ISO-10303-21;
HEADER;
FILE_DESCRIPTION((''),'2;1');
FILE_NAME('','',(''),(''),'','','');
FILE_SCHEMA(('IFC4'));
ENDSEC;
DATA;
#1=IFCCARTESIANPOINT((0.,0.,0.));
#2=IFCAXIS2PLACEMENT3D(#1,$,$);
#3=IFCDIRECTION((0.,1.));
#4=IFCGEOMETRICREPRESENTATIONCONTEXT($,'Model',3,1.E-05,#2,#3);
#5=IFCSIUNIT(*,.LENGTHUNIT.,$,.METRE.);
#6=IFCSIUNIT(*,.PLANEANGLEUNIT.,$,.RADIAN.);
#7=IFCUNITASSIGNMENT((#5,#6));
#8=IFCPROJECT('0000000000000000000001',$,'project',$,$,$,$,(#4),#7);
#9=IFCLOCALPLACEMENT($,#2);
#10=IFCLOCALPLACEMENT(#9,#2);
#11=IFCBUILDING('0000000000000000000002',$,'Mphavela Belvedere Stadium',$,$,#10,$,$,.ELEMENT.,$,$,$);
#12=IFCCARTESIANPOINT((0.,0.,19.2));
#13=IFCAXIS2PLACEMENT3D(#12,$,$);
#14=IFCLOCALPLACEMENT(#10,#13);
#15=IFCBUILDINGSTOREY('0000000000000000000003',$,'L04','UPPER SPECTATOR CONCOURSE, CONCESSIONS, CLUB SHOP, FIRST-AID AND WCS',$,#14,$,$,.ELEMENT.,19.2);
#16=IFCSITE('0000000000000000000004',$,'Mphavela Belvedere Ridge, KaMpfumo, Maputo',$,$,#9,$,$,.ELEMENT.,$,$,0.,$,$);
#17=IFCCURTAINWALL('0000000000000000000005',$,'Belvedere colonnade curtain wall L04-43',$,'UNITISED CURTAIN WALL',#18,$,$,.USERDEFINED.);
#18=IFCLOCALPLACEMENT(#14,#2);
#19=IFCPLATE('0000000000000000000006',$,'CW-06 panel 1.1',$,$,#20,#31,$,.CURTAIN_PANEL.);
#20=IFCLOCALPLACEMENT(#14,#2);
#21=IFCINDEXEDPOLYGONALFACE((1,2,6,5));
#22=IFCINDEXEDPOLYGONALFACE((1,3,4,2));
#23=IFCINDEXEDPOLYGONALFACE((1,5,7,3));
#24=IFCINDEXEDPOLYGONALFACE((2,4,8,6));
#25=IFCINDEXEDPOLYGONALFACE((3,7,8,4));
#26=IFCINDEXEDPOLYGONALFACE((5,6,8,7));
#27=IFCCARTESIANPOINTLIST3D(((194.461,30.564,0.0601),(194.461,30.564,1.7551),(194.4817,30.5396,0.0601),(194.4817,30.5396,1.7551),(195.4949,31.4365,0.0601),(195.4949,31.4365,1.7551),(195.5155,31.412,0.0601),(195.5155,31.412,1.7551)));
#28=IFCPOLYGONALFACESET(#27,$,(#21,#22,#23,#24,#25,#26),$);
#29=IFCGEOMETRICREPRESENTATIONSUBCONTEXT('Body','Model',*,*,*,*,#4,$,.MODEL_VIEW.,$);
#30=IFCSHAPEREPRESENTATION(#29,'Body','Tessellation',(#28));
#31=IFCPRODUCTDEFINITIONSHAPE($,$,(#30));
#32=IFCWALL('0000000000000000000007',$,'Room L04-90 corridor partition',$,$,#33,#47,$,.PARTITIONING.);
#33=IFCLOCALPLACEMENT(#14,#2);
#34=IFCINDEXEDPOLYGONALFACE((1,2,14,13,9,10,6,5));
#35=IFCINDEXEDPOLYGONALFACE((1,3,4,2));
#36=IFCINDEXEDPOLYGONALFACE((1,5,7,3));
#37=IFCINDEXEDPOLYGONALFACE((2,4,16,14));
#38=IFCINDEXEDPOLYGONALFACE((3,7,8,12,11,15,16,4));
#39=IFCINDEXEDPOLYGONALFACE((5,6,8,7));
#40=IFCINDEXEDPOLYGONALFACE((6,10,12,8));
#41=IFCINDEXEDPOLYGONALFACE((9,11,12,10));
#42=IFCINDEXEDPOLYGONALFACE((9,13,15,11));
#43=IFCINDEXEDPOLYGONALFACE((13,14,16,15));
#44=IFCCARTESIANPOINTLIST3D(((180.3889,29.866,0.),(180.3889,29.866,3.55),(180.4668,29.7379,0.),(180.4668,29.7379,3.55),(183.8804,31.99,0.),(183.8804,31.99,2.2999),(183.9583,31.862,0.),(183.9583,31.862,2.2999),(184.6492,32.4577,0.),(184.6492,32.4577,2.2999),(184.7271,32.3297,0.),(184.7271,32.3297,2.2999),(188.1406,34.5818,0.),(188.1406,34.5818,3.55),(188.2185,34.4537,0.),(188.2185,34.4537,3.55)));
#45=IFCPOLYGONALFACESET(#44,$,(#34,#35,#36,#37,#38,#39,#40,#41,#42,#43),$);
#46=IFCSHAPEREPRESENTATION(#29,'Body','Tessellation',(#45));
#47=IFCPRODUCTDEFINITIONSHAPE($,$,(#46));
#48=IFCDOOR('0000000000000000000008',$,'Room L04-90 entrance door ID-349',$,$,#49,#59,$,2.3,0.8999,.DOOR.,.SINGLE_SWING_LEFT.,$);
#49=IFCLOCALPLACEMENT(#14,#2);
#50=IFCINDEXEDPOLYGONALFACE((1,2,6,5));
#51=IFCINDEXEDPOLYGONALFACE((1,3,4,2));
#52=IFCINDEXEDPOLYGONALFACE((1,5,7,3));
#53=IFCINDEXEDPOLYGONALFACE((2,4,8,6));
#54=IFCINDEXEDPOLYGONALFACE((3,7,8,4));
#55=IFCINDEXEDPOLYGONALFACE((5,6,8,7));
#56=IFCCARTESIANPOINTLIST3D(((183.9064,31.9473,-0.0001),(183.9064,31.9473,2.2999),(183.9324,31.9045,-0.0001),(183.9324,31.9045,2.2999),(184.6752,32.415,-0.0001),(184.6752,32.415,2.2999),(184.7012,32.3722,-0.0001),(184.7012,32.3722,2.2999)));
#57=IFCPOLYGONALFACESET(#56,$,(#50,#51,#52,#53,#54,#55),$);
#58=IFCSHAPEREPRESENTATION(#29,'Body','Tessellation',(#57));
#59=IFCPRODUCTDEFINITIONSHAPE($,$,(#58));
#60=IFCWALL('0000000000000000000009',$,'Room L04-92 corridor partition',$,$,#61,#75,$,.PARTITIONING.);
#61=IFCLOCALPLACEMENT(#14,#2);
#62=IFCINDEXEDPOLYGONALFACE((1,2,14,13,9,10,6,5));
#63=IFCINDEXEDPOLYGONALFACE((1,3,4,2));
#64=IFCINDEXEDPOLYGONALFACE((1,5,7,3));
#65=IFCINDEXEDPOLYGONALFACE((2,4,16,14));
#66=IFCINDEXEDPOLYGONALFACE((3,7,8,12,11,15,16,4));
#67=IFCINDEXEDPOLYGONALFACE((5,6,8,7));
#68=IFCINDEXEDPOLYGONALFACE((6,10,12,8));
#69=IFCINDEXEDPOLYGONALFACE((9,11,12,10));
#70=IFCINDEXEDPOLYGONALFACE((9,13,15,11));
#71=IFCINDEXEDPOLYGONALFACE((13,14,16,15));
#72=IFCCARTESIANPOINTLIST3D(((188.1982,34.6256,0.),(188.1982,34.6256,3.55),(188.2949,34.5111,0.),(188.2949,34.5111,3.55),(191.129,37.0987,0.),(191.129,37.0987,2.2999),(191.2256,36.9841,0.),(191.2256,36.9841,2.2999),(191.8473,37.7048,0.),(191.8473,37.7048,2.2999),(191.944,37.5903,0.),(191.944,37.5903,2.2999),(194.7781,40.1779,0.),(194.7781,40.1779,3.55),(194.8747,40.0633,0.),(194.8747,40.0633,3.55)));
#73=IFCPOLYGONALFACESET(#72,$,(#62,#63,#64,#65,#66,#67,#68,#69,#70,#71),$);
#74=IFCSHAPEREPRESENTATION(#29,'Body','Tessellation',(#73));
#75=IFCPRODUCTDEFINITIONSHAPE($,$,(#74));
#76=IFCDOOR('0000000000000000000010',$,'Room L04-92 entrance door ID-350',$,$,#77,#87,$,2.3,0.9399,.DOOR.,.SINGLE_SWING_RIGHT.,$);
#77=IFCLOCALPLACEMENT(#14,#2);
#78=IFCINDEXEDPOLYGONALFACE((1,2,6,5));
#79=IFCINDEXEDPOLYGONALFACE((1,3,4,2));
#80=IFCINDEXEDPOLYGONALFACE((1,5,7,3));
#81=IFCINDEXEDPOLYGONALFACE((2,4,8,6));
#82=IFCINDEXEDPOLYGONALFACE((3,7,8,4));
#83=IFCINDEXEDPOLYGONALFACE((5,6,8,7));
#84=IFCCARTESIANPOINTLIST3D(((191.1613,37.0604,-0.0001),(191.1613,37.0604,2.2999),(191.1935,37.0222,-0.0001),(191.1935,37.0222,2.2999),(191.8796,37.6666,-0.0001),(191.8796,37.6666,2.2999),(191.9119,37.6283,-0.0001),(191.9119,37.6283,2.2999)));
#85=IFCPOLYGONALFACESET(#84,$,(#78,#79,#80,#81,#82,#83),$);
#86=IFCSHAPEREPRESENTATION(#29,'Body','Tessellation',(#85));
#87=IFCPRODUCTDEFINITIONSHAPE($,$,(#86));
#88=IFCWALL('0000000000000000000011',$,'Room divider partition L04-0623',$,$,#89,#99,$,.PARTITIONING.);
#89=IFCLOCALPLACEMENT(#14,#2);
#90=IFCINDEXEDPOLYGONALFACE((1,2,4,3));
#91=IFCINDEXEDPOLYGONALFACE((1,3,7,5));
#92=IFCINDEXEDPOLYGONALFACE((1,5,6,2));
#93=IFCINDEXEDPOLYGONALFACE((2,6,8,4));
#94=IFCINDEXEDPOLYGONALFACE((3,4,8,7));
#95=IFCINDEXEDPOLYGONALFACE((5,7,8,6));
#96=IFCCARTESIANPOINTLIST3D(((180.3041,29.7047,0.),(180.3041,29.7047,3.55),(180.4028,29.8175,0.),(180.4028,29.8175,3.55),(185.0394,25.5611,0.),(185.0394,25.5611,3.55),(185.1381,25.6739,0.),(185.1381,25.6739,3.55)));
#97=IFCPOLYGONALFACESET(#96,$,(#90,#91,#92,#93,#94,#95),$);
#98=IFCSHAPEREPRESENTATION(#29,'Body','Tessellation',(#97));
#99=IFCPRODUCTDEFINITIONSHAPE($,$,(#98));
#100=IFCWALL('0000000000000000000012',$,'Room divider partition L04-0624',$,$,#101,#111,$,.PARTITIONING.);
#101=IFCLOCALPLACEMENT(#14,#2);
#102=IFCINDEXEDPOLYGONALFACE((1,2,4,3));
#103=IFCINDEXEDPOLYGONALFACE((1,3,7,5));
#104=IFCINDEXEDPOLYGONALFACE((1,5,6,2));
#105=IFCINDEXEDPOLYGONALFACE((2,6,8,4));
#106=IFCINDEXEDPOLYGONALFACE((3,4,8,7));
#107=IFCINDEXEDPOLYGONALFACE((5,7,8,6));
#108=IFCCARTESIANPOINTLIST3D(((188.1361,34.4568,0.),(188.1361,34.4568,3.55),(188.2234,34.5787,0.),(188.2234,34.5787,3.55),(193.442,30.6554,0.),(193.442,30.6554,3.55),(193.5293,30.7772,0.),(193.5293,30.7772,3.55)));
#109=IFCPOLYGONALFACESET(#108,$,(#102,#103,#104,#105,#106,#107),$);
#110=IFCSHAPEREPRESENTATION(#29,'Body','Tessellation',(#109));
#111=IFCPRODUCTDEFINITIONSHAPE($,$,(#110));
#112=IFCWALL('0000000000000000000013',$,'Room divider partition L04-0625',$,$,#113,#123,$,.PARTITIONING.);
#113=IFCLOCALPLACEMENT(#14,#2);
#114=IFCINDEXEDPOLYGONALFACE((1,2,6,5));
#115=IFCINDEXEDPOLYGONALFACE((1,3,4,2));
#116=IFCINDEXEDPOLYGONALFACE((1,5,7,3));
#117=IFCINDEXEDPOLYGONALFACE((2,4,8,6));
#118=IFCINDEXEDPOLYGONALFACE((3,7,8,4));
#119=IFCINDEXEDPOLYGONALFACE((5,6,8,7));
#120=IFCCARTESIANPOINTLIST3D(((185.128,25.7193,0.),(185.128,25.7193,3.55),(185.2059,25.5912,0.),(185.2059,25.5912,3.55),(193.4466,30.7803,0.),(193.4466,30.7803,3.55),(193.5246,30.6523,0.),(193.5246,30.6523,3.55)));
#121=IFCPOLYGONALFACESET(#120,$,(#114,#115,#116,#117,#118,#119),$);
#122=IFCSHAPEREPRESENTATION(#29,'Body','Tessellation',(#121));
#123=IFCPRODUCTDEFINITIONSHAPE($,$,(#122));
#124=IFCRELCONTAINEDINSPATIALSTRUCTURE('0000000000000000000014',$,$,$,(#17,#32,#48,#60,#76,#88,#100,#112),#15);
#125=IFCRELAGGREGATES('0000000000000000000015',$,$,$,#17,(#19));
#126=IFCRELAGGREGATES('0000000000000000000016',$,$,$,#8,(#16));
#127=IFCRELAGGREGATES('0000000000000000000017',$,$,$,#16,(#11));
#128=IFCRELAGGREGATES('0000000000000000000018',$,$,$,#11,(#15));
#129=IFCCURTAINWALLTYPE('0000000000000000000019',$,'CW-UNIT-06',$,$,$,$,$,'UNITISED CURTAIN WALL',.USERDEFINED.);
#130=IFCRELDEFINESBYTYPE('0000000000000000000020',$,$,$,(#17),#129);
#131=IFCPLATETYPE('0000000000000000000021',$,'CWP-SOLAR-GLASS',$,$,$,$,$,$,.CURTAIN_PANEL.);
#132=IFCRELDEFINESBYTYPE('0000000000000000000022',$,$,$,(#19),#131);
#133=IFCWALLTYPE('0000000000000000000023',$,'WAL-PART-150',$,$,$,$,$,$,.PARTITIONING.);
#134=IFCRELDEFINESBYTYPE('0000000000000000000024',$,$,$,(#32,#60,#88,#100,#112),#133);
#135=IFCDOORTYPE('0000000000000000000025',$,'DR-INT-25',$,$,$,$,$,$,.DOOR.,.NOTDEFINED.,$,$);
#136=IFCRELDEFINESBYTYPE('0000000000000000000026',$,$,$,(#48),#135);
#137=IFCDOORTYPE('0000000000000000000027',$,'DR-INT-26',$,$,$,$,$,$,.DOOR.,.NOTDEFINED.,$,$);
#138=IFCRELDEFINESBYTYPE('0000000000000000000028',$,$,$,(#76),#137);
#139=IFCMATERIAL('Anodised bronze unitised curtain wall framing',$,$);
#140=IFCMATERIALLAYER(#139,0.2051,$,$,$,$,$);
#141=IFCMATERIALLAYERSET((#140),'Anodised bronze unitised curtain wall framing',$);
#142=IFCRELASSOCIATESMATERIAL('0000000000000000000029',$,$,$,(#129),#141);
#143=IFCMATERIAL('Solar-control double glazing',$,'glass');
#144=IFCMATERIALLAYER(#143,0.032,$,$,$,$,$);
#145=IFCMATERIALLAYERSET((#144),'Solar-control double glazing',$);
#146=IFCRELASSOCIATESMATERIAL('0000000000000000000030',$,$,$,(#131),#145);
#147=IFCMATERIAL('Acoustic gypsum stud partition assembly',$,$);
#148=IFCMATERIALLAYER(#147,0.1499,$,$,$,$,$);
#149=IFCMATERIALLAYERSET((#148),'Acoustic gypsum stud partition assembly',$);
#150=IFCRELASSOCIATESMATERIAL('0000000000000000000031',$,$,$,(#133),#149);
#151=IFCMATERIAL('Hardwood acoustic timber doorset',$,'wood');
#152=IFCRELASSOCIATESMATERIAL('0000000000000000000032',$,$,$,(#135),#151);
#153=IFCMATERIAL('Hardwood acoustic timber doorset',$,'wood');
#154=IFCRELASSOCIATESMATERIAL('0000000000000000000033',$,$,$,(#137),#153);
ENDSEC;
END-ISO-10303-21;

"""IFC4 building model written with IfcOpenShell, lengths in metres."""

from ifc_helpers import new_model, si_unit, direction, frame, frame_2d, origin, origin_2d, place, context, subcontext, project, spatial, rectangle, extrude, material, layer, layer_set, type_object, element, fill, aggregate, save


model = new_model("IFC4")

# Units and contexts
model_context = context("Model", 3, precision=1e-05, world=origin(), true_north=direction((0.0, 1.0)))
body_context = subcontext(model_context, "Body", "Model", "MODEL_VIEW")
ifc_project = project(units=[si_unit("LENGTHUNIT", "METRE"), si_unit("PLANEANGLEUNIT", "RADIAN")], contexts=[model_context])

# Site, building, storey
site_placement = place(None, origin())
site = spatial("IfcSite", under=ifc_project, at=site_placement, Name="Mphavela Belvedere Ridge, KaMpfumo, Maputo", CompositionType="ELEMENT", RefElevation=0.0)
building_placement = place(site_placement, origin())
building = spatial("IfcBuilding", under=site, at=building_placement, Name="Mphavela Belvedere Stadium", CompositionType="ELEMENT")
storey_placement = place(building_placement, frame((0.0, 0.0, 19.2)))
storey = spatial("IfcBuildingStorey", under=building, at=storey_placement, Name="L04", Description="UPPER SPECTATOR CONCOURSE, CONCESSIONS, CLUB SHOP, FIRST-AID AND WCS", CompositionType="ELEMENT", Elevation=19.2)

# Curtain wall
ifc_material_1 = material(Name="Anodised bronze unitised curtain wall framing")
ifc_layer_1 = layer(ifc_material_1, 0.2051)
ifc_layer_set_1 = layer_set([ifc_layer_1], Name="Anodised bronze unitised curtain wall framing")
curtain_wall_type_1 = type_object("IfcCurtainWallType", Name="CW-UNIT-06", ElementType="UNITISED CURTAIN WALL", PredefinedType="USERDEFINED", material=ifc_layer_set_1)
curtain_wall_1_placement = place(storey_placement, origin())
curtain_wall_1 = element("IfcCurtainWall", 1, at=curtain_wall_1_placement, inside=storey, type_object=curtain_wall_type_1, Name="Belvedere colonnade curtain wall L04-43", ObjectType="UNITISED CURTAIN WALL", PredefinedType="USERDEFINED")

# Plate
ifc_material_2 = material(Name="Solar-control double glazing", Category="glass")
ifc_layer_2 = layer(ifc_material_2, 0.032)
ifc_layer_set_2 = layer_set([ifc_layer_2], Name="Solar-control double glazing")
plate_type = type_object("IfcPlateType", Name="CWP-SOLAR-GLASS", PredefinedType="CURTAIN_PANEL", material=ifc_layer_set_2)
plate_1_placement = place(storey_placement, frame((194.9883, 30.988, 0.0601), z_axis=(0.0, 0.0, 1.0), x_axis=(0.764253, 0.644916, 0.0)))
plate_1 = element("IfcPlate", 2, at=plate_1_placement, type_object=plate_type, Name="CW-06 panel 1.1", PredefinedType="CURTAIN_PANEL", context=body_context, shape_type="SweptSolid", body=[
    extrude(rectangle(XDim=1.3528, YDim=0.032, at=origin_2d()), origin(), (0.0, 0.0, 1.0), 1.6951),
])
aggregate(curtain_wall_1, [plate_1])

# Walls, openings, doors
ifc_material_3 = material(Name="Acoustic gypsum stud partition assembly")
ifc_layer_3 = layer(ifc_material_3, 0.1499)
ifc_layer_set_3 = layer_set([ifc_layer_3], Name="Acoustic gypsum stud partition assembly")
wall_type = type_object("IfcWallType", Name="WAL-PART-150", PredefinedType="PARTITIONING", material=ifc_layer_set_3)
wall_1_placement = place(storey_placement, frame((180.428, 29.802, 0.0), z_axis=(0.0, 0.0, 1.0), x_axis=(0.854326, 0.519737, 0.0)))
wall_1 = element("IfcWall", 3, at=wall_1_placement, inside=storey, type_object=wall_type, Name="Room L04-90 corridor partition", PredefinedType="PARTITIONING", context=body_context, shape_type="SweptSolid", body=[
    extrude(rectangle(XDim=9.0735, YDim=0.1499, at=frame_2d((4.5366, 0.0))), origin(), (0.0, 0.0, 1.0), 3.55),
])
opening_1_placement = place(wall_1_placement, frame((4.0867, 0.0, 0.0)))
opening_1 = element("IfcOpeningElement", 4, at=opening_1_placement, cuts=wall_1, PredefinedType="OPENING", context=body_context, shape_type="SweptSolid", body=[
    extrude(rectangle(XDim=0.8999, YDim=2.3, at=frame_2d((0.45, 1.1499))), frame((0.0, 0.085, 0.0), z_axis=(0.0, -1.0, 0.0), x_axis=(1.0, 0.0, 0.0)), (0.0, 0.0, 1.0), 0.1699),
])
ifc_material_4 = material(Name="Hardwood acoustic timber doorset", Category="wood")
door_type_1 = type_object("IfcDoorType", Name="DR-INT-25", OperationType="NOTDEFINED", PredefinedType="DOOR", material=ifc_material_4)
door_1_placement = place(opening_1_placement, origin())
door_1 = element("IfcDoor", 5, at=door_1_placement, inside=storey, type_object=door_type_1, Name="Room L04-90 entrance door ID-349", OperationType="SINGLE_SWING_LEFT", OverallHeight=2.3, OverallWidth=0.8999, PredefinedType="DOOR", context=body_context, shape_type="SweptSolid", body=[
    extrude(rectangle(XDim=0.8999, YDim=2.3, at=frame_2d((0.45, 1.1499))), frame((0.0, 0.0249, 0.0), z_axis=(0.0, -1.0, 0.0), x_axis=(1.0, 0.0, 0.0)), (0.0, 0.0, 1.0), 0.05),
])
fill(opening_1, door_1)
wall_2_placement = place(storey_placement, frame((188.2466, 34.5684, 0.0), z_axis=(0.0, 0.0, 1.0), x_axis=(0.764262, 0.644906, 0.0)))
wall_2 = element("IfcWall", 6, at=wall_2_placement, inside=storey, type_object=wall_type, Name="Room L04-92 corridor partition", PredefinedType="PARTITIONING", context=body_context, shape_type="SweptSolid", body=[
    extrude(rectangle(XDim=8.6094, YDim=0.1499, at=frame_2d((4.3047, 0.0))), origin(), (0.0, 0.0, 1.0), 3.55),
])
opening_2_placement = place(wall_2_placement, frame((3.8347, 0.0, 0.0)))
opening_2 = element("IfcOpeningElement", 7, at=opening_2_placement, cuts=wall_2, PredefinedType="OPENING", context=body_context, shape_type="SweptSolid", body=[
    extrude(rectangle(XDim=0.9399, YDim=2.3, at=frame_2d((0.47, 1.1499))), frame((0.0, 0.085, 0.0), z_axis=(0.0, -1.0, 0.0), x_axis=(1.0, 0.0, 0.0)), (0.0, 0.0, 1.0), 0.1699),
])
ifc_material_5 = material(Name="Hardwood acoustic timber doorset", Category="wood")
door_type_2 = type_object("IfcDoorType", Name="DR-INT-26", OperationType="NOTDEFINED", PredefinedType="DOOR", material=ifc_material_5)
door_2_placement = place(opening_2_placement, origin())
door_2 = element("IfcDoor", 8, at=door_2_placement, inside=storey, type_object=door_type_2, Name="Room L04-92 entrance door ID-350", OperationType="SINGLE_SWING_RIGHT", OverallHeight=2.3, OverallWidth=0.9399, PredefinedType="DOOR", context=body_context, shape_type="SweptSolid", body=[
    extrude(rectangle(XDim=0.9399, YDim=2.3, at=frame_2d((0.47, 1.1499))), frame((0.0, 0.0249, 0.0), z_axis=(0.0, -1.0, 0.0), x_axis=(1.0, 0.0, 0.0)), (0.0, 0.0, 1.0), 0.05),
])
fill(opening_2, door_2)

# Walls
wall_3_placement = place(storey_placement, frame((180.3535, 29.761, 0.0), z_axis=(0.0, 0.0, 1.0), x_axis=(0.752567, -0.658516, 0.0)))
element("IfcWall", 9, at=wall_3_placement, inside=storey, type_object=wall_type, Name="Room divider partition L04-0623", PredefinedType="PARTITIONING", context=body_context, shape_type="SweptSolid", body=[
    extrude(rectangle(XDim=6.2922, YDim=0.1499, at=frame_2d((3.146, 0.0))), origin(), (0.0, 0.0, 1.0), 3.55),
])
wall_4_placement = place(storey_placement, frame((188.1797, 34.5178, 0.0), z_axis=(0.0, 0.0, 1.0), x_axis=(0.812894, -0.582412, 0.0)))
element("IfcWall", 10, at=wall_4_placement, inside=storey, type_object=wall_type, Name="Room divider partition L04-0624", PredefinedType="PARTITIONING", context=body_context, shape_type="SweptSolid", body=[
    extrude(rectangle(XDim=6.5271, YDim=0.1499, at=frame_2d((3.2637, 0.0))), origin(), (0.0, 0.0, 1.0), 3.55),
])
wall_5_placement = place(storey_placement, frame((193.4856, 30.7163, 0.0), z_axis=(0.0, 0.0, 1.0), x_axis=(-0.854311, -0.519762, 0.0)))
element("IfcWall", 11, at=wall_5_placement, inside=storey, type_object=wall_type, Name="Room divider partition L04-0625", PredefinedType="PARTITIONING", context=body_context, shape_type="SweptSolid", body=[
    extrude(rectangle(XDim=9.7373, YDim=0.1499, at=frame_2d((4.8687, 0.0))), origin(), (0.0, 0.0, 1.0), 3.55),
])

save(model, "model.ifc")
